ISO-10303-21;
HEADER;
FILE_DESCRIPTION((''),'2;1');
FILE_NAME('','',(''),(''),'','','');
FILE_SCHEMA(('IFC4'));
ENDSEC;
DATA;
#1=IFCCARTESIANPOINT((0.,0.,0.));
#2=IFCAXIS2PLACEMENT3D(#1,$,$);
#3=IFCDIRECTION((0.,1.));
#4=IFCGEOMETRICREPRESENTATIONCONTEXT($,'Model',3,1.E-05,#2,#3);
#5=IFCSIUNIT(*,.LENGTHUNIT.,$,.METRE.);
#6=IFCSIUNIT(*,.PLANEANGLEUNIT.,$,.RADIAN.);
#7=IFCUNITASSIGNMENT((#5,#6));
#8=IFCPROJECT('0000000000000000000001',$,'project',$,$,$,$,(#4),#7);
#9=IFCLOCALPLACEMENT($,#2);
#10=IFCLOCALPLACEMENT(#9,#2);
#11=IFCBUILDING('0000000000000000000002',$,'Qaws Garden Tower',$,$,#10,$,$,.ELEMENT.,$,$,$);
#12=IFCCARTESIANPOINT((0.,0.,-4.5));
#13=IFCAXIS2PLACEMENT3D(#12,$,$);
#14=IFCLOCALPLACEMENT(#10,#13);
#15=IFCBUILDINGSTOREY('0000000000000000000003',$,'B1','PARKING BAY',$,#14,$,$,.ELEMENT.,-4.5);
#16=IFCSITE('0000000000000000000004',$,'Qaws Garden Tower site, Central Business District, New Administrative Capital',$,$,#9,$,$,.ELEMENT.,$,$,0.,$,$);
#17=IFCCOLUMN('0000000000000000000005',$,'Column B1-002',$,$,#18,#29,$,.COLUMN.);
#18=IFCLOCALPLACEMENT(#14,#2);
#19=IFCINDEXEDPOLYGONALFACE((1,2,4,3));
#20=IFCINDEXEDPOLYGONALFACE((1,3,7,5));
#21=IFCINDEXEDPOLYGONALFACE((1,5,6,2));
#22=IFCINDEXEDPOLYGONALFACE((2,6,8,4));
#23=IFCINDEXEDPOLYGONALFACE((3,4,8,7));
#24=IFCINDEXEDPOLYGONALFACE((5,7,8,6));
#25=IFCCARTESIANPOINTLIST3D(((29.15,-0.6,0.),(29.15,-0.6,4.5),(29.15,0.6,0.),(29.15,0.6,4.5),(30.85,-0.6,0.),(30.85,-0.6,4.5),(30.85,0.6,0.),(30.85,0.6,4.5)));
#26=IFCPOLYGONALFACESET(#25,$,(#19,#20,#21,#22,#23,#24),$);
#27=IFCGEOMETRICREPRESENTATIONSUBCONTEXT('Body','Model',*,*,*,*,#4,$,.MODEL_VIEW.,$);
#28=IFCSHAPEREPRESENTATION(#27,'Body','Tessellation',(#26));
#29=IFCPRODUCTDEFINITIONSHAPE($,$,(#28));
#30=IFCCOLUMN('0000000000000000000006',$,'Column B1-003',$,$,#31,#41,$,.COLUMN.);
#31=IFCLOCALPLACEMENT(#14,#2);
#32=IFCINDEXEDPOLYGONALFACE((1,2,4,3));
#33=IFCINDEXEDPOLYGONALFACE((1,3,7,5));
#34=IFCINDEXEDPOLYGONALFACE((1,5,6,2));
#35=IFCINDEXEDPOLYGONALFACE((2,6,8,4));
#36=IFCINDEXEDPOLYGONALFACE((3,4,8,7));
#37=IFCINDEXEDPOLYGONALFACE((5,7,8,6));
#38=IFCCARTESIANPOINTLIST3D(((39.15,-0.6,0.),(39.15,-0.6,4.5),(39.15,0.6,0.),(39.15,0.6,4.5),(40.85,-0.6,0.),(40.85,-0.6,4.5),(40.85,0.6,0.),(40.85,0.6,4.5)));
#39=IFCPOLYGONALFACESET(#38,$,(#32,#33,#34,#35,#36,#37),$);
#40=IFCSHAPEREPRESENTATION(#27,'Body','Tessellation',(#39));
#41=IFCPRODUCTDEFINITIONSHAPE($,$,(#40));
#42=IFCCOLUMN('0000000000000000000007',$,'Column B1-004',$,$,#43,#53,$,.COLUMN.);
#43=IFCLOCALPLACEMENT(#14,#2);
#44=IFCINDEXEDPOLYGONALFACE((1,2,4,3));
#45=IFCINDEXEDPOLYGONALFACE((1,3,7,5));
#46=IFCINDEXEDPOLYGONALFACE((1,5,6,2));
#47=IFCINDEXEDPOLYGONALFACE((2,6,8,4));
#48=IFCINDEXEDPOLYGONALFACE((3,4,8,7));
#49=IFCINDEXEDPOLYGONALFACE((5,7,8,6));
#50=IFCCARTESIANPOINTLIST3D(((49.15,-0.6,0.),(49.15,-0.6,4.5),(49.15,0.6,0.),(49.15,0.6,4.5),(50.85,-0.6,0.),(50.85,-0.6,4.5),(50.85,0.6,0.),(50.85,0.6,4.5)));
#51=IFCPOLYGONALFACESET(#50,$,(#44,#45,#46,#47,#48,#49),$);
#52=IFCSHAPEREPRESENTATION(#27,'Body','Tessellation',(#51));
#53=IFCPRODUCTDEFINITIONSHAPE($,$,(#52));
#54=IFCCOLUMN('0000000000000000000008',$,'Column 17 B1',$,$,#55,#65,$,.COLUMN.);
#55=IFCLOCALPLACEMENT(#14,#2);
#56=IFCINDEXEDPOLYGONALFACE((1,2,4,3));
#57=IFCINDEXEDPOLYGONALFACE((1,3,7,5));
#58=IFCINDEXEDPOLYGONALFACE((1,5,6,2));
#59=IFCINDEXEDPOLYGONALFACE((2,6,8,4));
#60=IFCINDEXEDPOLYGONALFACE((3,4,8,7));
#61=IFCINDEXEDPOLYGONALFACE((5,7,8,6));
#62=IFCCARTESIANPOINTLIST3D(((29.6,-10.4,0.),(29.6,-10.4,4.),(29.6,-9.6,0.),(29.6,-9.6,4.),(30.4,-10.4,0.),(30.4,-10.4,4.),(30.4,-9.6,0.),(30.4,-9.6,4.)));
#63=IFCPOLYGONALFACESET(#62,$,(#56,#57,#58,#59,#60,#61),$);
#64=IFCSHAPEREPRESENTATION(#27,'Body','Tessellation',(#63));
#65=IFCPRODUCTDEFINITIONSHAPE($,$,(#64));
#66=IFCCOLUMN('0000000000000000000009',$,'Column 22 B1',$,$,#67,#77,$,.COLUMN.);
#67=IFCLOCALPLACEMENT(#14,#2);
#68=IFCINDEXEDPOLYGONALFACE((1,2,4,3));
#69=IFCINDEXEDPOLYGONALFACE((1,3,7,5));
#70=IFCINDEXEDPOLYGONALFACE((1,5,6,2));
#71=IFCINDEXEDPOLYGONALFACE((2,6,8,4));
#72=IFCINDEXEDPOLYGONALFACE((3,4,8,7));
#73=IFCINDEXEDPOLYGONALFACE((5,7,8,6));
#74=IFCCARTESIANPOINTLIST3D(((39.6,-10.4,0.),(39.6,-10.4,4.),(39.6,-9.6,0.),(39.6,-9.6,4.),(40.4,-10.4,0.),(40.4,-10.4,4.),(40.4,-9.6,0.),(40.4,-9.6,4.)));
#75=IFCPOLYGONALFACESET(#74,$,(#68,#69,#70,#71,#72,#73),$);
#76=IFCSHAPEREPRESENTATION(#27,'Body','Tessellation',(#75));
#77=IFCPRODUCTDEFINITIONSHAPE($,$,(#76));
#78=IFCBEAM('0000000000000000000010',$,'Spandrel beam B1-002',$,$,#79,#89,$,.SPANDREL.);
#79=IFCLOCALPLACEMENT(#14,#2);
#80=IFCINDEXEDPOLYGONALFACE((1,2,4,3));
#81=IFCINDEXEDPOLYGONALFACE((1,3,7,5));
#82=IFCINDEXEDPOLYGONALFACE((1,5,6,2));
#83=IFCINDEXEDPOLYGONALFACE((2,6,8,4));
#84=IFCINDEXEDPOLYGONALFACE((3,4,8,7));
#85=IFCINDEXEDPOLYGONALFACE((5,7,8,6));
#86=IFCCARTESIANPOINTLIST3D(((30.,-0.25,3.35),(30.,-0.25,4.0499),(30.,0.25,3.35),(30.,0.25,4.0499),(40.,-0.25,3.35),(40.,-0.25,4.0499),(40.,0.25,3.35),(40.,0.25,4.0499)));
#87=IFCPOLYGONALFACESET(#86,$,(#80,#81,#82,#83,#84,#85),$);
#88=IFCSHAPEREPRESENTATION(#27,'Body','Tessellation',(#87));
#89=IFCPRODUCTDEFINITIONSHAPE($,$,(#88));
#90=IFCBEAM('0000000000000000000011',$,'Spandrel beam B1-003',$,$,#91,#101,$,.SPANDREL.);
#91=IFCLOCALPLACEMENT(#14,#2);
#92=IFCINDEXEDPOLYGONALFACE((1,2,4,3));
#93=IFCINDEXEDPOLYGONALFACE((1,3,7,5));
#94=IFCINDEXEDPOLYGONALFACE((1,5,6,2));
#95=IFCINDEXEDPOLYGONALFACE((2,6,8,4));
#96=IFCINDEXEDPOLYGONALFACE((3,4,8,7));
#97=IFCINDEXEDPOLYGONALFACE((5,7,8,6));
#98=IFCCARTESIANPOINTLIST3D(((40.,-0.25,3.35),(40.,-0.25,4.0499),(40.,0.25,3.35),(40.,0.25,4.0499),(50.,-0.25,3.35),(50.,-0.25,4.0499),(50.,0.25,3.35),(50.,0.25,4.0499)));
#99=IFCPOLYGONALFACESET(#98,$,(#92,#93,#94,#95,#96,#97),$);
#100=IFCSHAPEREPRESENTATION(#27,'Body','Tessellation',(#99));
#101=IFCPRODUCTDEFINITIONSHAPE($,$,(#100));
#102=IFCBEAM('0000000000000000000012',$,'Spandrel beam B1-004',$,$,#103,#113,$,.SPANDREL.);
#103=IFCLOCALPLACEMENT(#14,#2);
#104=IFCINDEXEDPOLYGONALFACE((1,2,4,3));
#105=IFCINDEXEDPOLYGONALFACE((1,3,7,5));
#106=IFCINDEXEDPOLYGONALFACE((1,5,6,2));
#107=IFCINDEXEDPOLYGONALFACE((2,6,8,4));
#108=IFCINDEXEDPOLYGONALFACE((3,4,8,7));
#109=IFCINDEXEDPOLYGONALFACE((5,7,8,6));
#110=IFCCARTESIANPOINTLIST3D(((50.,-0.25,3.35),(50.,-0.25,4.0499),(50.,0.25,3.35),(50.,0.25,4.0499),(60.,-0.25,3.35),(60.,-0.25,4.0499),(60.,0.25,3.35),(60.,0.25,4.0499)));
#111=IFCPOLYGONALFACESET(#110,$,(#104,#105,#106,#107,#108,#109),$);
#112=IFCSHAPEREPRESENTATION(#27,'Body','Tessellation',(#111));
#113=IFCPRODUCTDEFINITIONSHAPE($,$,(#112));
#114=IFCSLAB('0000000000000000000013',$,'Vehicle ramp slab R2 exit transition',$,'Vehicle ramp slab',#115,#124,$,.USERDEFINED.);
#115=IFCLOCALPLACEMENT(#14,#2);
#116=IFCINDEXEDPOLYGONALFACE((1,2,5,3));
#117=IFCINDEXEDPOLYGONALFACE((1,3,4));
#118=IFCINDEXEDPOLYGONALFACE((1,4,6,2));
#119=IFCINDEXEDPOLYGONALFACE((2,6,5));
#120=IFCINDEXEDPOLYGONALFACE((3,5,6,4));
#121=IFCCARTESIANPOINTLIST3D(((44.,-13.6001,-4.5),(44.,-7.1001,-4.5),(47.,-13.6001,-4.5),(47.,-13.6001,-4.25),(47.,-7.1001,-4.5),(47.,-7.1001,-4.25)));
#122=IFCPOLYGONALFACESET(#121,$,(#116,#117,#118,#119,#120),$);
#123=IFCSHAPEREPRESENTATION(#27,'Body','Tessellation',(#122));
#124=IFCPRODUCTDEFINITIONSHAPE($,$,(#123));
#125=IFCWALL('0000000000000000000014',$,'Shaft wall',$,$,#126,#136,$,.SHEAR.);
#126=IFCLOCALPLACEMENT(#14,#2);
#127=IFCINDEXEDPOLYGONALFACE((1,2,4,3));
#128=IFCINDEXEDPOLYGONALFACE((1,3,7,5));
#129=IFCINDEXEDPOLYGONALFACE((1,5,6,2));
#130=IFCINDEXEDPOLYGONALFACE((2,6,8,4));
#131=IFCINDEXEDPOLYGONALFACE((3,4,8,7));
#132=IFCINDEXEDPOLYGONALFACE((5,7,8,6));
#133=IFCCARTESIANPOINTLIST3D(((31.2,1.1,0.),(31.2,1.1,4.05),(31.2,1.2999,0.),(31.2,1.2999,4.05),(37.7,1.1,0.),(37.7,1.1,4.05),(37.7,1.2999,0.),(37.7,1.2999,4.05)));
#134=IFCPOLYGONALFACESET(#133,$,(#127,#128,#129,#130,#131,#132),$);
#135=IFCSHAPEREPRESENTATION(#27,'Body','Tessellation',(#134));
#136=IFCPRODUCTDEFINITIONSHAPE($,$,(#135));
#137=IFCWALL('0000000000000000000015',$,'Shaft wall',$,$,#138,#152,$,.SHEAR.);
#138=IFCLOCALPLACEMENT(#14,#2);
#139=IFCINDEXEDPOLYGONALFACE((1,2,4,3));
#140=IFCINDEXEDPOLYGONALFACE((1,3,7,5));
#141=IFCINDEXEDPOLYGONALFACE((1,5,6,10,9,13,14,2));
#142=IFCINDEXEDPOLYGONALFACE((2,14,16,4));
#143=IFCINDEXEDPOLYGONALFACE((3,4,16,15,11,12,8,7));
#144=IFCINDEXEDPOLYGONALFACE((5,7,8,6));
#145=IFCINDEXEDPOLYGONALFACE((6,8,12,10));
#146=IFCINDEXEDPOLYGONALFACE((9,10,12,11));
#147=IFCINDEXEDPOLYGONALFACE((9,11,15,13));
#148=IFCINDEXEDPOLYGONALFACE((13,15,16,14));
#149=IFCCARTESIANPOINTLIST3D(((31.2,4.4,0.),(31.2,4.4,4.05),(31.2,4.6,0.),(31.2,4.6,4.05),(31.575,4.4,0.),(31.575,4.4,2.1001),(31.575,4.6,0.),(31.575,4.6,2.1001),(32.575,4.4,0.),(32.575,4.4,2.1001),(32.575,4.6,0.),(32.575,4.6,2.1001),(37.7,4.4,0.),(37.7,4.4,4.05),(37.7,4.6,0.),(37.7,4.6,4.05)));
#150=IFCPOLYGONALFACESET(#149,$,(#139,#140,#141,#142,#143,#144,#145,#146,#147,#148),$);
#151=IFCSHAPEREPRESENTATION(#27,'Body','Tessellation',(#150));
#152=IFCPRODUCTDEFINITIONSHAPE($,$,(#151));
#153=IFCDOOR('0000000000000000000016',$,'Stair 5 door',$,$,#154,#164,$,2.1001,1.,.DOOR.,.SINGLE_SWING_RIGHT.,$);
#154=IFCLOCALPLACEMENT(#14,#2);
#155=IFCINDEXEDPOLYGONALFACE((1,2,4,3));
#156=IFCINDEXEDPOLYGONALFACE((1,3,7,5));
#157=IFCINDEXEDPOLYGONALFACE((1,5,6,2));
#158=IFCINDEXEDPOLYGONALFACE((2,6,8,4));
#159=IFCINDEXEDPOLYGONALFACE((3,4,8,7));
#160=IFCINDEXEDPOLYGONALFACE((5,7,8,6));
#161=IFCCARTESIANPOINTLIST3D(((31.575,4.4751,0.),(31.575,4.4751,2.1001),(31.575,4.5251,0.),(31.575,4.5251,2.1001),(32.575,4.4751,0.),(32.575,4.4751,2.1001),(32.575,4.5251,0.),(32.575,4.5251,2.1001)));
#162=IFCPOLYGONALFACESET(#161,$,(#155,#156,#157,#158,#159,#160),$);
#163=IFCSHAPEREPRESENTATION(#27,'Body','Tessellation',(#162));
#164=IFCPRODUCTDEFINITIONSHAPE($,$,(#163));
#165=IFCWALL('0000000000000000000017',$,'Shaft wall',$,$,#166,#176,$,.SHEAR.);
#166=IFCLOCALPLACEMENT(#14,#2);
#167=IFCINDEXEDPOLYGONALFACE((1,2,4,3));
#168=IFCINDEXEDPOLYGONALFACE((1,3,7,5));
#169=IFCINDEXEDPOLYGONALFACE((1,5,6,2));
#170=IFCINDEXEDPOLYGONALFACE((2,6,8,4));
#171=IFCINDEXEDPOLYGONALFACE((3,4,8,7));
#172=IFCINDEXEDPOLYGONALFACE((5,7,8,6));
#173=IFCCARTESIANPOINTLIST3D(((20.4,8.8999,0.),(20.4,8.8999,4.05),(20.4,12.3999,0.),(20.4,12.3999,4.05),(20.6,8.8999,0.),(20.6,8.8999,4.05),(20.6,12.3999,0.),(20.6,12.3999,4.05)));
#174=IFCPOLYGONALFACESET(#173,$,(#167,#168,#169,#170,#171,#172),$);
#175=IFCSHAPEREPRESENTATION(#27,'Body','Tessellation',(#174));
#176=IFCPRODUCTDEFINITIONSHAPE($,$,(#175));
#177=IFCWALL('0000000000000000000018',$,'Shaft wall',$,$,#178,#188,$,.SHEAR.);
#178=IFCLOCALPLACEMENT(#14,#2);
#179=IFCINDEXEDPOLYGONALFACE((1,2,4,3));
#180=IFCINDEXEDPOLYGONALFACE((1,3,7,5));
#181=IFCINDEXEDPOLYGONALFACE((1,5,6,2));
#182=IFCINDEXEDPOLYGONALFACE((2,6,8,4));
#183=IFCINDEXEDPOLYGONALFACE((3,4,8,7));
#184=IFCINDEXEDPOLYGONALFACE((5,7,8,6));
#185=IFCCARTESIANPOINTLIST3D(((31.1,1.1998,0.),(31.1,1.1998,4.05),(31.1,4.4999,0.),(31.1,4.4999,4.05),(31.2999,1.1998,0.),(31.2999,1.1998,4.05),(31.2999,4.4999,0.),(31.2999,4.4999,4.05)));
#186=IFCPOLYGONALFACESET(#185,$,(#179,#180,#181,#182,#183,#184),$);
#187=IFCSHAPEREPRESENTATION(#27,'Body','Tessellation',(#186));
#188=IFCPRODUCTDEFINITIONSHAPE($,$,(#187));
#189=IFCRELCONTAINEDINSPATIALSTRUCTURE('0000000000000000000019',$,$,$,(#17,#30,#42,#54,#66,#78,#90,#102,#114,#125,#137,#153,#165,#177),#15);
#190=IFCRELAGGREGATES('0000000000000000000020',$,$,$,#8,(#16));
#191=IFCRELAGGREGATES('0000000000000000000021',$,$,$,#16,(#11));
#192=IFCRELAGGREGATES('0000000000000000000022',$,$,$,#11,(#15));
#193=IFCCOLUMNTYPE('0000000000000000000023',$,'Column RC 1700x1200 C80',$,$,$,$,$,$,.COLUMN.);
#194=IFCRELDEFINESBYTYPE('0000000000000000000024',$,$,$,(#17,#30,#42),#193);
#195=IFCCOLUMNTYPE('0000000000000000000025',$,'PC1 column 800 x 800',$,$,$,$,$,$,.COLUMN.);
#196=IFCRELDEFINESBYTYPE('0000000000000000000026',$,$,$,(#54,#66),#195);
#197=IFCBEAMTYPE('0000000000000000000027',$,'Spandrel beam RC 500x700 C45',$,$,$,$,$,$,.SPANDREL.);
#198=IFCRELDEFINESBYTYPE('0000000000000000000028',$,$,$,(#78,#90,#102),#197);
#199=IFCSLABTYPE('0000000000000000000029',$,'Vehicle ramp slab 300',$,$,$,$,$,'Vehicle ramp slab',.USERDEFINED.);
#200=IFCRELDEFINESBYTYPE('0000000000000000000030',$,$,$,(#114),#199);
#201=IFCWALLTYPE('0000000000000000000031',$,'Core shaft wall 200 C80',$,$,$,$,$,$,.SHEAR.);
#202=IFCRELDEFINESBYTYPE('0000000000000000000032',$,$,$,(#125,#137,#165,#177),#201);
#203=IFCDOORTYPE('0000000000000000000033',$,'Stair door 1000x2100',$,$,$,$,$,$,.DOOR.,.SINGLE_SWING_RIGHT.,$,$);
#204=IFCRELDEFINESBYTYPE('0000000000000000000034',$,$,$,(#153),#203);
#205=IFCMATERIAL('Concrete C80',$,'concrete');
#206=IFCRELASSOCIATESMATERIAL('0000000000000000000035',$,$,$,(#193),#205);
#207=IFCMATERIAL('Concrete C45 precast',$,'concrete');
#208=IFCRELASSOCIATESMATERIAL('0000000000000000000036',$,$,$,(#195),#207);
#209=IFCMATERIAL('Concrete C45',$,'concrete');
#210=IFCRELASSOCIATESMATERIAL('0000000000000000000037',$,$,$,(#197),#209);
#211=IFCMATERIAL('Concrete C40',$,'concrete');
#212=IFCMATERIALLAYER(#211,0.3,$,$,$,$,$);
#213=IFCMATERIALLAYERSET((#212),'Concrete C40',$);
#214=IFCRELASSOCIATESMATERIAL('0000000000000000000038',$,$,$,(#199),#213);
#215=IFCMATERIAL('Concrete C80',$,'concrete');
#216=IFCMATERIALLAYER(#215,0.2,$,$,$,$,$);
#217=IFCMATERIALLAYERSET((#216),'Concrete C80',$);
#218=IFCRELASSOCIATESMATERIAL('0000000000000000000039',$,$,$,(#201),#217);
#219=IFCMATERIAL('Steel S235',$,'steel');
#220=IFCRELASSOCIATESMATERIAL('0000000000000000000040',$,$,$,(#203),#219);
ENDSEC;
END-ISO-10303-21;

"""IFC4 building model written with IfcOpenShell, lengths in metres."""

from ifc_helpers import new_model, si_unit, direction, frame, frame_2d, origin, origin_2d, place, context, subcontext, project, spatial, polyline, rectangle, outline, extrude, material, layer, layer_set, material_profile, profile_set, type_object, element, fill, save


model = new_model("IFC4")

# Units and contexts
model_context = context("Model", 3, precision=1e-05, world=origin(), true_north=direction((0.0, 1.0)))
body_context = subcontext(model_context, "Body", "Model", "MODEL_VIEW")
ifc_project = project(units=[si_unit("LENGTHUNIT", "METRE"), si_unit("PLANEANGLEUNIT", "RADIAN")], contexts=[model_context])

# Site, building, storey
site_placement = place(None, origin())
site = spatial("IfcSite", under=ifc_project, at=site_placement, Name="Qaws Garden Tower site, Central Business District, New Administrative Capital", CompositionType="ELEMENT", RefElevation=0.0)
building_placement = place(site_placement, origin())
building = spatial("IfcBuilding", under=site, at=building_placement, Name="Qaws Garden Tower", CompositionType="ELEMENT")
storey_placement = place(building_placement, frame((0.0, 0.0, -4.5)))
storey = spatial("IfcBuildingStorey", under=building, at=storey_placement, Name="B1", Description="PARKING BAY", CompositionType="ELEMENT", Elevation=-4.5)

# Columns
ifc_material_1 = material(Name="Concrete C80", Category="concrete")
ifc_material_profile_1 = material_profile(ifc_material_1, rectangle(XDim=1.7, YDim=1.2, at=origin_2d()), Name="RC 1700x1200")
ifc_profile_set_1 = profile_set([ifc_material_profile_1], Name="Concrete C80")
column_type_1 = type_object("IfcColumnType", Name="Column RC 1700x1200 C80", PredefinedType="COLUMN", material=ifc_profile_set_1)
for number, where, z_axis, x_axis, name in (
    (1, (30.0, 0.0, 0.0), (0.0, 0.0, 1.0), (1.0, 0.0, 0.0), "Column B1-002"),
    (2, (40.0, 0.0, 0.0), (0.0, 0.0, 1.0), (1.0, 0.0, 0.0), "Column B1-003"),
    (3, (50.0, 0.0, 0.0), (0.0, 0.0, 1.0), (1.0, 0.0, 0.0), "Column B1-004"),
):
    element("IfcColumn", number, at=place(storey_placement, frame(where, z_axis=z_axis, x_axis=x_axis)), inside=storey, type_object=column_type_1, Name=name, PredefinedType="COLUMN", context=body_context, shape_type="SweptSolid", body=[
        extrude(rectangle(XDim=1.7, YDim=1.2, at=origin_2d()), origin(), (0.0, 0.0, 1.0), 4.5),
    ])
ifc_material_2 = material(Name="Concrete C45 precast", Category="concrete")
ifc_material_profile_2 = material_profile(ifc_material_2, rectangle(XDim=0.8, YDim=0.8, at=origin_2d()), Name="PC1 column 800 x 800")
ifc_profile_set_2 = profile_set([ifc_material_profile_2], Name="Concrete C45 precast")
column_type_2 = type_object("IfcColumnType", Name="PC1 column 800 x 800", PredefinedType="COLUMN", material=ifc_profile_set_2)
for number, where, z_axis, x_axis, name in (
    (4, (30.0, -10.0, 0.0), (0.0, 0.0, 1.0), (1.0, 0.0, 0.0), "Column 17 B1"),
    (5, (40.0, -10.0, 0.0), (0.0, 0.0, 1.0), (1.0, 0.0, 0.0), "Column 22 B1"),
):
    element("IfcColumn", number, at=place(storey_placement, frame(where, z_axis=z_axis, x_axis=x_axis)), inside=storey, type_object=column_type_2, Name=name, PredefinedType="COLUMN", context=body_context, shape_type="SweptSolid", body=[
        extrude(rectangle(XDim=0.8, YDim=0.8, at=origin_2d()), origin(), (0.0, 0.0, 1.0), 4.0),
    ])

# Beams
ifc_material_3 = material(Name="Concrete C45", Category="concrete")
ifc_material_profile_3 = material_profile(ifc_material_3, rectangle(XDim=0.5, YDim=0.7, at=origin_2d()), Name="RC 500x700")
ifc_profile_set_3 = profile_set([ifc_material_profile_3], Name="Concrete C45")
beam_type = type_object("IfcBeamType", Name="Spandrel beam RC 500x700 C45", PredefinedType="SPANDREL", material=ifc_profile_set_3)
for number, where, z_axis, x_axis, name in (
    (6, (30.0, 0.0, 3.7), (1.0, 0.0, 0.0), (0.0, 1.0, 0.0), "Spandrel beam B1-002"),
    (7, (40.0, 0.0, 3.7), (1.0, 0.0, 0.0), (0.0, 1.0, 0.0), "Spandrel beam B1-003"),
    (8, (50.0, 0.0, 3.7), (1.0, 0.0, 0.0), (0.0, 1.0, 0.0), "Spandrel beam B1-004"),
):
    element("IfcBeam", number, at=place(storey_placement, frame(where, z_axis=z_axis, x_axis=x_axis)), inside=storey, type_object=beam_type, Name=name, PredefinedType="SPANDREL", context=body_context, shape_type="SweptSolid", body=[
        extrude(rectangle(XDim=0.5, YDim=0.7, at=origin_2d()), origin(), (0.0, 0.0, 1.0), 10.0),
    ])

# Slab
ifc_material_4 = material(Name="Concrete C40", Category="concrete")
ifc_layer_1 = layer(ifc_material_4, 0.3)
ifc_layer_set_1 = layer_set([ifc_layer_1], Name="Concrete C40")
slab_type = type_object("IfcSlabType", Name="Vehicle ramp slab 300", ElementType="Vehicle ramp slab", PredefinedType="USERDEFINED", material=ifc_layer_set_1)
slab_placement = place(storey_placement, frame((47.0, -10.3501, -4.5), z_axis=(0.0, 0.0, 1.0), x_axis=(-1.0, 0.0, 0.0)))
element("IfcSlab", 9, at=slab_placement, inside=storey, type_object=slab_type, Name="Vehicle ramp slab R2 exit transition", ObjectType="Vehicle ramp slab", PredefinedType="USERDEFINED", context=body_context, shape_type="SweptSolid", body=[
    extrude(outline(polyline([(0.0, 0.0), (3.0, 0.0), (3.0, 0.0), (0.0, 0.25), (0.0, 0.0)])), frame((0.0, 3.25, 0.0), z_axis=(0.0, -1.0, 0.0), x_axis=(1.0, 0.0, 0.0)), (0.0, 0.0, 1.0), 6.5),
])

# Wall
ifc_material_5 = material(Name="Concrete C80", Category="concrete")
ifc_layer_2 = layer(ifc_material_5, 0.2)
ifc_layer_set_2 = layer_set([ifc_layer_2], Name="Concrete C80")
wall_type_1 = type_object("IfcWallType", Name="Core shaft wall 200 C80", PredefinedType="SHEAR", material=ifc_layer_set_2)
wall_1_placement = place(storey_placement, frame((31.2, 1.2, 0.0), z_axis=(0.0, 0.0, 1.0), x_axis=(1.0, 0.0, 0.0)))
element("IfcWall", 10, at=wall_1_placement, inside=storey, type_object=wall_type_1, Name="Shaft wall", PredefinedType="SHEAR", context=body_context, shape_type="SweptSolid", body=[
    extrude(rectangle(XDim=6.5, YDim=0.2, at=frame_2d((3.25, 0.0))), origin(), (0.0, 0.0, 1.0), 4.05),
])

# Wall, opening, door
wall_2_placement = place(storey_placement, frame((31.2, 4.5, 0.0), z_axis=(0.0, 0.0, 1.0), x_axis=(1.0, 0.0, 0.0)))
wall_2 = element("IfcWall", 11, at=wall_2_placement, inside=storey, type_object=wall_type_1, Name="Shaft wall", PredefinedType="SHEAR", context=body_context, shape_type="SweptSolid", body=[
    extrude(rectangle(XDim=6.5, YDim=0.2, at=frame_2d((3.25, 0.0))), origin(), (0.0, 0.0, 1.0), 4.05),
])
opening_1_placement = place(wall_2_placement, frame((0.375, 0.0, 0.0)))
opening_1 = element("IfcOpeningElement", 12, at=opening_1_placement, cuts=wall_2, PredefinedType="OPENING", context=body_context, shape_type="SweptSolid", body=[
    extrude(rectangle(XDim=1.0, YDim=2.1001, at=frame_2d((0.5, 1.05))), frame((0.0, 0.1099, 0.0), z_axis=(0.0, -1.0, 0.0), x_axis=(1.0, 0.0, 0.0)), (0.0, 0.0, 1.0), 0.22),
])
ifc_material_6 = material(Name="Steel S235", Category="steel")
door_type_1 = type_object("IfcDoorType", Name="Stair door 1000x2100", OperationType="SINGLE_SWING_RIGHT", PredefinedType="DOOR", material=ifc_material_6)
door_1_placement = place(opening_1_placement, frame((1.0, 0.0, 0.0), z_axis=(0.0, 0.0, 1.0), x_axis=(-1.0, 0.0, 0.0)))
door_1 = element("IfcDoor", 13, at=door_1_placement, inside=storey, type_object=door_type_1, Name="Stair 5 door", OperationType="SINGLE_SWING_RIGHT", OverallHeight=2.1001, OverallWidth=1.0, PredefinedType="DOOR", context=body_context, shape_type="SweptSolid", body=[
    extrude(rectangle(XDim=1.0, YDim=2.1001, at=frame_2d((0.5, 1.05))), frame((0.0, 0.0249, 0.0), z_axis=(0.0, -1.0, 0.0), x_axis=(1.0, 0.0, 0.0)), (0.0, 0.0, 1.0), 0.05),
])
fill(opening_1, door_1)

# Walls
wall_3_placement = place(storey_placement, frame((20.5, 8.8999, 0.0), z_axis=(0.0, 0.0, 1.0), x_axis=(0.0, 1.0, 0.0)))
element("IfcWall", 14, at=wall_3_placement, inside=storey, type_object=wall_type_1, Name="Shaft wall", PredefinedType="SHEAR", context=body_context, shape_type="SweptSolid", body=[
    extrude(rectangle(XDim=3.5, YDim=0.2, at=frame_2d((1.75, 0.0))), origin(), (0.0, 0.0, 1.0), 4.05),
])
for number, where, z_axis, x_axis, name in (
    (15, (31.2, 1.2, 0.0), (0.0, 0.0, 1.0), (0.0, 1.0, 0.0), "Shaft wall"),
):
    element("IfcWall", number, at=place(storey_placement, frame(where, z_axis=z_axis, x_axis=x_axis)), inside=storey, type_object=wall_type_1, Name=name, PredefinedType="SHEAR", context=body_context, shape_type="SweptSolid", body=[
        extrude(rectangle(XDim=3.3, YDim=0.2, at=frame_2d((1.6499, 0.0))), origin(), (0.0, 0.0, 1.0), 4.05),
    ])

save(model, "model.ifc")
